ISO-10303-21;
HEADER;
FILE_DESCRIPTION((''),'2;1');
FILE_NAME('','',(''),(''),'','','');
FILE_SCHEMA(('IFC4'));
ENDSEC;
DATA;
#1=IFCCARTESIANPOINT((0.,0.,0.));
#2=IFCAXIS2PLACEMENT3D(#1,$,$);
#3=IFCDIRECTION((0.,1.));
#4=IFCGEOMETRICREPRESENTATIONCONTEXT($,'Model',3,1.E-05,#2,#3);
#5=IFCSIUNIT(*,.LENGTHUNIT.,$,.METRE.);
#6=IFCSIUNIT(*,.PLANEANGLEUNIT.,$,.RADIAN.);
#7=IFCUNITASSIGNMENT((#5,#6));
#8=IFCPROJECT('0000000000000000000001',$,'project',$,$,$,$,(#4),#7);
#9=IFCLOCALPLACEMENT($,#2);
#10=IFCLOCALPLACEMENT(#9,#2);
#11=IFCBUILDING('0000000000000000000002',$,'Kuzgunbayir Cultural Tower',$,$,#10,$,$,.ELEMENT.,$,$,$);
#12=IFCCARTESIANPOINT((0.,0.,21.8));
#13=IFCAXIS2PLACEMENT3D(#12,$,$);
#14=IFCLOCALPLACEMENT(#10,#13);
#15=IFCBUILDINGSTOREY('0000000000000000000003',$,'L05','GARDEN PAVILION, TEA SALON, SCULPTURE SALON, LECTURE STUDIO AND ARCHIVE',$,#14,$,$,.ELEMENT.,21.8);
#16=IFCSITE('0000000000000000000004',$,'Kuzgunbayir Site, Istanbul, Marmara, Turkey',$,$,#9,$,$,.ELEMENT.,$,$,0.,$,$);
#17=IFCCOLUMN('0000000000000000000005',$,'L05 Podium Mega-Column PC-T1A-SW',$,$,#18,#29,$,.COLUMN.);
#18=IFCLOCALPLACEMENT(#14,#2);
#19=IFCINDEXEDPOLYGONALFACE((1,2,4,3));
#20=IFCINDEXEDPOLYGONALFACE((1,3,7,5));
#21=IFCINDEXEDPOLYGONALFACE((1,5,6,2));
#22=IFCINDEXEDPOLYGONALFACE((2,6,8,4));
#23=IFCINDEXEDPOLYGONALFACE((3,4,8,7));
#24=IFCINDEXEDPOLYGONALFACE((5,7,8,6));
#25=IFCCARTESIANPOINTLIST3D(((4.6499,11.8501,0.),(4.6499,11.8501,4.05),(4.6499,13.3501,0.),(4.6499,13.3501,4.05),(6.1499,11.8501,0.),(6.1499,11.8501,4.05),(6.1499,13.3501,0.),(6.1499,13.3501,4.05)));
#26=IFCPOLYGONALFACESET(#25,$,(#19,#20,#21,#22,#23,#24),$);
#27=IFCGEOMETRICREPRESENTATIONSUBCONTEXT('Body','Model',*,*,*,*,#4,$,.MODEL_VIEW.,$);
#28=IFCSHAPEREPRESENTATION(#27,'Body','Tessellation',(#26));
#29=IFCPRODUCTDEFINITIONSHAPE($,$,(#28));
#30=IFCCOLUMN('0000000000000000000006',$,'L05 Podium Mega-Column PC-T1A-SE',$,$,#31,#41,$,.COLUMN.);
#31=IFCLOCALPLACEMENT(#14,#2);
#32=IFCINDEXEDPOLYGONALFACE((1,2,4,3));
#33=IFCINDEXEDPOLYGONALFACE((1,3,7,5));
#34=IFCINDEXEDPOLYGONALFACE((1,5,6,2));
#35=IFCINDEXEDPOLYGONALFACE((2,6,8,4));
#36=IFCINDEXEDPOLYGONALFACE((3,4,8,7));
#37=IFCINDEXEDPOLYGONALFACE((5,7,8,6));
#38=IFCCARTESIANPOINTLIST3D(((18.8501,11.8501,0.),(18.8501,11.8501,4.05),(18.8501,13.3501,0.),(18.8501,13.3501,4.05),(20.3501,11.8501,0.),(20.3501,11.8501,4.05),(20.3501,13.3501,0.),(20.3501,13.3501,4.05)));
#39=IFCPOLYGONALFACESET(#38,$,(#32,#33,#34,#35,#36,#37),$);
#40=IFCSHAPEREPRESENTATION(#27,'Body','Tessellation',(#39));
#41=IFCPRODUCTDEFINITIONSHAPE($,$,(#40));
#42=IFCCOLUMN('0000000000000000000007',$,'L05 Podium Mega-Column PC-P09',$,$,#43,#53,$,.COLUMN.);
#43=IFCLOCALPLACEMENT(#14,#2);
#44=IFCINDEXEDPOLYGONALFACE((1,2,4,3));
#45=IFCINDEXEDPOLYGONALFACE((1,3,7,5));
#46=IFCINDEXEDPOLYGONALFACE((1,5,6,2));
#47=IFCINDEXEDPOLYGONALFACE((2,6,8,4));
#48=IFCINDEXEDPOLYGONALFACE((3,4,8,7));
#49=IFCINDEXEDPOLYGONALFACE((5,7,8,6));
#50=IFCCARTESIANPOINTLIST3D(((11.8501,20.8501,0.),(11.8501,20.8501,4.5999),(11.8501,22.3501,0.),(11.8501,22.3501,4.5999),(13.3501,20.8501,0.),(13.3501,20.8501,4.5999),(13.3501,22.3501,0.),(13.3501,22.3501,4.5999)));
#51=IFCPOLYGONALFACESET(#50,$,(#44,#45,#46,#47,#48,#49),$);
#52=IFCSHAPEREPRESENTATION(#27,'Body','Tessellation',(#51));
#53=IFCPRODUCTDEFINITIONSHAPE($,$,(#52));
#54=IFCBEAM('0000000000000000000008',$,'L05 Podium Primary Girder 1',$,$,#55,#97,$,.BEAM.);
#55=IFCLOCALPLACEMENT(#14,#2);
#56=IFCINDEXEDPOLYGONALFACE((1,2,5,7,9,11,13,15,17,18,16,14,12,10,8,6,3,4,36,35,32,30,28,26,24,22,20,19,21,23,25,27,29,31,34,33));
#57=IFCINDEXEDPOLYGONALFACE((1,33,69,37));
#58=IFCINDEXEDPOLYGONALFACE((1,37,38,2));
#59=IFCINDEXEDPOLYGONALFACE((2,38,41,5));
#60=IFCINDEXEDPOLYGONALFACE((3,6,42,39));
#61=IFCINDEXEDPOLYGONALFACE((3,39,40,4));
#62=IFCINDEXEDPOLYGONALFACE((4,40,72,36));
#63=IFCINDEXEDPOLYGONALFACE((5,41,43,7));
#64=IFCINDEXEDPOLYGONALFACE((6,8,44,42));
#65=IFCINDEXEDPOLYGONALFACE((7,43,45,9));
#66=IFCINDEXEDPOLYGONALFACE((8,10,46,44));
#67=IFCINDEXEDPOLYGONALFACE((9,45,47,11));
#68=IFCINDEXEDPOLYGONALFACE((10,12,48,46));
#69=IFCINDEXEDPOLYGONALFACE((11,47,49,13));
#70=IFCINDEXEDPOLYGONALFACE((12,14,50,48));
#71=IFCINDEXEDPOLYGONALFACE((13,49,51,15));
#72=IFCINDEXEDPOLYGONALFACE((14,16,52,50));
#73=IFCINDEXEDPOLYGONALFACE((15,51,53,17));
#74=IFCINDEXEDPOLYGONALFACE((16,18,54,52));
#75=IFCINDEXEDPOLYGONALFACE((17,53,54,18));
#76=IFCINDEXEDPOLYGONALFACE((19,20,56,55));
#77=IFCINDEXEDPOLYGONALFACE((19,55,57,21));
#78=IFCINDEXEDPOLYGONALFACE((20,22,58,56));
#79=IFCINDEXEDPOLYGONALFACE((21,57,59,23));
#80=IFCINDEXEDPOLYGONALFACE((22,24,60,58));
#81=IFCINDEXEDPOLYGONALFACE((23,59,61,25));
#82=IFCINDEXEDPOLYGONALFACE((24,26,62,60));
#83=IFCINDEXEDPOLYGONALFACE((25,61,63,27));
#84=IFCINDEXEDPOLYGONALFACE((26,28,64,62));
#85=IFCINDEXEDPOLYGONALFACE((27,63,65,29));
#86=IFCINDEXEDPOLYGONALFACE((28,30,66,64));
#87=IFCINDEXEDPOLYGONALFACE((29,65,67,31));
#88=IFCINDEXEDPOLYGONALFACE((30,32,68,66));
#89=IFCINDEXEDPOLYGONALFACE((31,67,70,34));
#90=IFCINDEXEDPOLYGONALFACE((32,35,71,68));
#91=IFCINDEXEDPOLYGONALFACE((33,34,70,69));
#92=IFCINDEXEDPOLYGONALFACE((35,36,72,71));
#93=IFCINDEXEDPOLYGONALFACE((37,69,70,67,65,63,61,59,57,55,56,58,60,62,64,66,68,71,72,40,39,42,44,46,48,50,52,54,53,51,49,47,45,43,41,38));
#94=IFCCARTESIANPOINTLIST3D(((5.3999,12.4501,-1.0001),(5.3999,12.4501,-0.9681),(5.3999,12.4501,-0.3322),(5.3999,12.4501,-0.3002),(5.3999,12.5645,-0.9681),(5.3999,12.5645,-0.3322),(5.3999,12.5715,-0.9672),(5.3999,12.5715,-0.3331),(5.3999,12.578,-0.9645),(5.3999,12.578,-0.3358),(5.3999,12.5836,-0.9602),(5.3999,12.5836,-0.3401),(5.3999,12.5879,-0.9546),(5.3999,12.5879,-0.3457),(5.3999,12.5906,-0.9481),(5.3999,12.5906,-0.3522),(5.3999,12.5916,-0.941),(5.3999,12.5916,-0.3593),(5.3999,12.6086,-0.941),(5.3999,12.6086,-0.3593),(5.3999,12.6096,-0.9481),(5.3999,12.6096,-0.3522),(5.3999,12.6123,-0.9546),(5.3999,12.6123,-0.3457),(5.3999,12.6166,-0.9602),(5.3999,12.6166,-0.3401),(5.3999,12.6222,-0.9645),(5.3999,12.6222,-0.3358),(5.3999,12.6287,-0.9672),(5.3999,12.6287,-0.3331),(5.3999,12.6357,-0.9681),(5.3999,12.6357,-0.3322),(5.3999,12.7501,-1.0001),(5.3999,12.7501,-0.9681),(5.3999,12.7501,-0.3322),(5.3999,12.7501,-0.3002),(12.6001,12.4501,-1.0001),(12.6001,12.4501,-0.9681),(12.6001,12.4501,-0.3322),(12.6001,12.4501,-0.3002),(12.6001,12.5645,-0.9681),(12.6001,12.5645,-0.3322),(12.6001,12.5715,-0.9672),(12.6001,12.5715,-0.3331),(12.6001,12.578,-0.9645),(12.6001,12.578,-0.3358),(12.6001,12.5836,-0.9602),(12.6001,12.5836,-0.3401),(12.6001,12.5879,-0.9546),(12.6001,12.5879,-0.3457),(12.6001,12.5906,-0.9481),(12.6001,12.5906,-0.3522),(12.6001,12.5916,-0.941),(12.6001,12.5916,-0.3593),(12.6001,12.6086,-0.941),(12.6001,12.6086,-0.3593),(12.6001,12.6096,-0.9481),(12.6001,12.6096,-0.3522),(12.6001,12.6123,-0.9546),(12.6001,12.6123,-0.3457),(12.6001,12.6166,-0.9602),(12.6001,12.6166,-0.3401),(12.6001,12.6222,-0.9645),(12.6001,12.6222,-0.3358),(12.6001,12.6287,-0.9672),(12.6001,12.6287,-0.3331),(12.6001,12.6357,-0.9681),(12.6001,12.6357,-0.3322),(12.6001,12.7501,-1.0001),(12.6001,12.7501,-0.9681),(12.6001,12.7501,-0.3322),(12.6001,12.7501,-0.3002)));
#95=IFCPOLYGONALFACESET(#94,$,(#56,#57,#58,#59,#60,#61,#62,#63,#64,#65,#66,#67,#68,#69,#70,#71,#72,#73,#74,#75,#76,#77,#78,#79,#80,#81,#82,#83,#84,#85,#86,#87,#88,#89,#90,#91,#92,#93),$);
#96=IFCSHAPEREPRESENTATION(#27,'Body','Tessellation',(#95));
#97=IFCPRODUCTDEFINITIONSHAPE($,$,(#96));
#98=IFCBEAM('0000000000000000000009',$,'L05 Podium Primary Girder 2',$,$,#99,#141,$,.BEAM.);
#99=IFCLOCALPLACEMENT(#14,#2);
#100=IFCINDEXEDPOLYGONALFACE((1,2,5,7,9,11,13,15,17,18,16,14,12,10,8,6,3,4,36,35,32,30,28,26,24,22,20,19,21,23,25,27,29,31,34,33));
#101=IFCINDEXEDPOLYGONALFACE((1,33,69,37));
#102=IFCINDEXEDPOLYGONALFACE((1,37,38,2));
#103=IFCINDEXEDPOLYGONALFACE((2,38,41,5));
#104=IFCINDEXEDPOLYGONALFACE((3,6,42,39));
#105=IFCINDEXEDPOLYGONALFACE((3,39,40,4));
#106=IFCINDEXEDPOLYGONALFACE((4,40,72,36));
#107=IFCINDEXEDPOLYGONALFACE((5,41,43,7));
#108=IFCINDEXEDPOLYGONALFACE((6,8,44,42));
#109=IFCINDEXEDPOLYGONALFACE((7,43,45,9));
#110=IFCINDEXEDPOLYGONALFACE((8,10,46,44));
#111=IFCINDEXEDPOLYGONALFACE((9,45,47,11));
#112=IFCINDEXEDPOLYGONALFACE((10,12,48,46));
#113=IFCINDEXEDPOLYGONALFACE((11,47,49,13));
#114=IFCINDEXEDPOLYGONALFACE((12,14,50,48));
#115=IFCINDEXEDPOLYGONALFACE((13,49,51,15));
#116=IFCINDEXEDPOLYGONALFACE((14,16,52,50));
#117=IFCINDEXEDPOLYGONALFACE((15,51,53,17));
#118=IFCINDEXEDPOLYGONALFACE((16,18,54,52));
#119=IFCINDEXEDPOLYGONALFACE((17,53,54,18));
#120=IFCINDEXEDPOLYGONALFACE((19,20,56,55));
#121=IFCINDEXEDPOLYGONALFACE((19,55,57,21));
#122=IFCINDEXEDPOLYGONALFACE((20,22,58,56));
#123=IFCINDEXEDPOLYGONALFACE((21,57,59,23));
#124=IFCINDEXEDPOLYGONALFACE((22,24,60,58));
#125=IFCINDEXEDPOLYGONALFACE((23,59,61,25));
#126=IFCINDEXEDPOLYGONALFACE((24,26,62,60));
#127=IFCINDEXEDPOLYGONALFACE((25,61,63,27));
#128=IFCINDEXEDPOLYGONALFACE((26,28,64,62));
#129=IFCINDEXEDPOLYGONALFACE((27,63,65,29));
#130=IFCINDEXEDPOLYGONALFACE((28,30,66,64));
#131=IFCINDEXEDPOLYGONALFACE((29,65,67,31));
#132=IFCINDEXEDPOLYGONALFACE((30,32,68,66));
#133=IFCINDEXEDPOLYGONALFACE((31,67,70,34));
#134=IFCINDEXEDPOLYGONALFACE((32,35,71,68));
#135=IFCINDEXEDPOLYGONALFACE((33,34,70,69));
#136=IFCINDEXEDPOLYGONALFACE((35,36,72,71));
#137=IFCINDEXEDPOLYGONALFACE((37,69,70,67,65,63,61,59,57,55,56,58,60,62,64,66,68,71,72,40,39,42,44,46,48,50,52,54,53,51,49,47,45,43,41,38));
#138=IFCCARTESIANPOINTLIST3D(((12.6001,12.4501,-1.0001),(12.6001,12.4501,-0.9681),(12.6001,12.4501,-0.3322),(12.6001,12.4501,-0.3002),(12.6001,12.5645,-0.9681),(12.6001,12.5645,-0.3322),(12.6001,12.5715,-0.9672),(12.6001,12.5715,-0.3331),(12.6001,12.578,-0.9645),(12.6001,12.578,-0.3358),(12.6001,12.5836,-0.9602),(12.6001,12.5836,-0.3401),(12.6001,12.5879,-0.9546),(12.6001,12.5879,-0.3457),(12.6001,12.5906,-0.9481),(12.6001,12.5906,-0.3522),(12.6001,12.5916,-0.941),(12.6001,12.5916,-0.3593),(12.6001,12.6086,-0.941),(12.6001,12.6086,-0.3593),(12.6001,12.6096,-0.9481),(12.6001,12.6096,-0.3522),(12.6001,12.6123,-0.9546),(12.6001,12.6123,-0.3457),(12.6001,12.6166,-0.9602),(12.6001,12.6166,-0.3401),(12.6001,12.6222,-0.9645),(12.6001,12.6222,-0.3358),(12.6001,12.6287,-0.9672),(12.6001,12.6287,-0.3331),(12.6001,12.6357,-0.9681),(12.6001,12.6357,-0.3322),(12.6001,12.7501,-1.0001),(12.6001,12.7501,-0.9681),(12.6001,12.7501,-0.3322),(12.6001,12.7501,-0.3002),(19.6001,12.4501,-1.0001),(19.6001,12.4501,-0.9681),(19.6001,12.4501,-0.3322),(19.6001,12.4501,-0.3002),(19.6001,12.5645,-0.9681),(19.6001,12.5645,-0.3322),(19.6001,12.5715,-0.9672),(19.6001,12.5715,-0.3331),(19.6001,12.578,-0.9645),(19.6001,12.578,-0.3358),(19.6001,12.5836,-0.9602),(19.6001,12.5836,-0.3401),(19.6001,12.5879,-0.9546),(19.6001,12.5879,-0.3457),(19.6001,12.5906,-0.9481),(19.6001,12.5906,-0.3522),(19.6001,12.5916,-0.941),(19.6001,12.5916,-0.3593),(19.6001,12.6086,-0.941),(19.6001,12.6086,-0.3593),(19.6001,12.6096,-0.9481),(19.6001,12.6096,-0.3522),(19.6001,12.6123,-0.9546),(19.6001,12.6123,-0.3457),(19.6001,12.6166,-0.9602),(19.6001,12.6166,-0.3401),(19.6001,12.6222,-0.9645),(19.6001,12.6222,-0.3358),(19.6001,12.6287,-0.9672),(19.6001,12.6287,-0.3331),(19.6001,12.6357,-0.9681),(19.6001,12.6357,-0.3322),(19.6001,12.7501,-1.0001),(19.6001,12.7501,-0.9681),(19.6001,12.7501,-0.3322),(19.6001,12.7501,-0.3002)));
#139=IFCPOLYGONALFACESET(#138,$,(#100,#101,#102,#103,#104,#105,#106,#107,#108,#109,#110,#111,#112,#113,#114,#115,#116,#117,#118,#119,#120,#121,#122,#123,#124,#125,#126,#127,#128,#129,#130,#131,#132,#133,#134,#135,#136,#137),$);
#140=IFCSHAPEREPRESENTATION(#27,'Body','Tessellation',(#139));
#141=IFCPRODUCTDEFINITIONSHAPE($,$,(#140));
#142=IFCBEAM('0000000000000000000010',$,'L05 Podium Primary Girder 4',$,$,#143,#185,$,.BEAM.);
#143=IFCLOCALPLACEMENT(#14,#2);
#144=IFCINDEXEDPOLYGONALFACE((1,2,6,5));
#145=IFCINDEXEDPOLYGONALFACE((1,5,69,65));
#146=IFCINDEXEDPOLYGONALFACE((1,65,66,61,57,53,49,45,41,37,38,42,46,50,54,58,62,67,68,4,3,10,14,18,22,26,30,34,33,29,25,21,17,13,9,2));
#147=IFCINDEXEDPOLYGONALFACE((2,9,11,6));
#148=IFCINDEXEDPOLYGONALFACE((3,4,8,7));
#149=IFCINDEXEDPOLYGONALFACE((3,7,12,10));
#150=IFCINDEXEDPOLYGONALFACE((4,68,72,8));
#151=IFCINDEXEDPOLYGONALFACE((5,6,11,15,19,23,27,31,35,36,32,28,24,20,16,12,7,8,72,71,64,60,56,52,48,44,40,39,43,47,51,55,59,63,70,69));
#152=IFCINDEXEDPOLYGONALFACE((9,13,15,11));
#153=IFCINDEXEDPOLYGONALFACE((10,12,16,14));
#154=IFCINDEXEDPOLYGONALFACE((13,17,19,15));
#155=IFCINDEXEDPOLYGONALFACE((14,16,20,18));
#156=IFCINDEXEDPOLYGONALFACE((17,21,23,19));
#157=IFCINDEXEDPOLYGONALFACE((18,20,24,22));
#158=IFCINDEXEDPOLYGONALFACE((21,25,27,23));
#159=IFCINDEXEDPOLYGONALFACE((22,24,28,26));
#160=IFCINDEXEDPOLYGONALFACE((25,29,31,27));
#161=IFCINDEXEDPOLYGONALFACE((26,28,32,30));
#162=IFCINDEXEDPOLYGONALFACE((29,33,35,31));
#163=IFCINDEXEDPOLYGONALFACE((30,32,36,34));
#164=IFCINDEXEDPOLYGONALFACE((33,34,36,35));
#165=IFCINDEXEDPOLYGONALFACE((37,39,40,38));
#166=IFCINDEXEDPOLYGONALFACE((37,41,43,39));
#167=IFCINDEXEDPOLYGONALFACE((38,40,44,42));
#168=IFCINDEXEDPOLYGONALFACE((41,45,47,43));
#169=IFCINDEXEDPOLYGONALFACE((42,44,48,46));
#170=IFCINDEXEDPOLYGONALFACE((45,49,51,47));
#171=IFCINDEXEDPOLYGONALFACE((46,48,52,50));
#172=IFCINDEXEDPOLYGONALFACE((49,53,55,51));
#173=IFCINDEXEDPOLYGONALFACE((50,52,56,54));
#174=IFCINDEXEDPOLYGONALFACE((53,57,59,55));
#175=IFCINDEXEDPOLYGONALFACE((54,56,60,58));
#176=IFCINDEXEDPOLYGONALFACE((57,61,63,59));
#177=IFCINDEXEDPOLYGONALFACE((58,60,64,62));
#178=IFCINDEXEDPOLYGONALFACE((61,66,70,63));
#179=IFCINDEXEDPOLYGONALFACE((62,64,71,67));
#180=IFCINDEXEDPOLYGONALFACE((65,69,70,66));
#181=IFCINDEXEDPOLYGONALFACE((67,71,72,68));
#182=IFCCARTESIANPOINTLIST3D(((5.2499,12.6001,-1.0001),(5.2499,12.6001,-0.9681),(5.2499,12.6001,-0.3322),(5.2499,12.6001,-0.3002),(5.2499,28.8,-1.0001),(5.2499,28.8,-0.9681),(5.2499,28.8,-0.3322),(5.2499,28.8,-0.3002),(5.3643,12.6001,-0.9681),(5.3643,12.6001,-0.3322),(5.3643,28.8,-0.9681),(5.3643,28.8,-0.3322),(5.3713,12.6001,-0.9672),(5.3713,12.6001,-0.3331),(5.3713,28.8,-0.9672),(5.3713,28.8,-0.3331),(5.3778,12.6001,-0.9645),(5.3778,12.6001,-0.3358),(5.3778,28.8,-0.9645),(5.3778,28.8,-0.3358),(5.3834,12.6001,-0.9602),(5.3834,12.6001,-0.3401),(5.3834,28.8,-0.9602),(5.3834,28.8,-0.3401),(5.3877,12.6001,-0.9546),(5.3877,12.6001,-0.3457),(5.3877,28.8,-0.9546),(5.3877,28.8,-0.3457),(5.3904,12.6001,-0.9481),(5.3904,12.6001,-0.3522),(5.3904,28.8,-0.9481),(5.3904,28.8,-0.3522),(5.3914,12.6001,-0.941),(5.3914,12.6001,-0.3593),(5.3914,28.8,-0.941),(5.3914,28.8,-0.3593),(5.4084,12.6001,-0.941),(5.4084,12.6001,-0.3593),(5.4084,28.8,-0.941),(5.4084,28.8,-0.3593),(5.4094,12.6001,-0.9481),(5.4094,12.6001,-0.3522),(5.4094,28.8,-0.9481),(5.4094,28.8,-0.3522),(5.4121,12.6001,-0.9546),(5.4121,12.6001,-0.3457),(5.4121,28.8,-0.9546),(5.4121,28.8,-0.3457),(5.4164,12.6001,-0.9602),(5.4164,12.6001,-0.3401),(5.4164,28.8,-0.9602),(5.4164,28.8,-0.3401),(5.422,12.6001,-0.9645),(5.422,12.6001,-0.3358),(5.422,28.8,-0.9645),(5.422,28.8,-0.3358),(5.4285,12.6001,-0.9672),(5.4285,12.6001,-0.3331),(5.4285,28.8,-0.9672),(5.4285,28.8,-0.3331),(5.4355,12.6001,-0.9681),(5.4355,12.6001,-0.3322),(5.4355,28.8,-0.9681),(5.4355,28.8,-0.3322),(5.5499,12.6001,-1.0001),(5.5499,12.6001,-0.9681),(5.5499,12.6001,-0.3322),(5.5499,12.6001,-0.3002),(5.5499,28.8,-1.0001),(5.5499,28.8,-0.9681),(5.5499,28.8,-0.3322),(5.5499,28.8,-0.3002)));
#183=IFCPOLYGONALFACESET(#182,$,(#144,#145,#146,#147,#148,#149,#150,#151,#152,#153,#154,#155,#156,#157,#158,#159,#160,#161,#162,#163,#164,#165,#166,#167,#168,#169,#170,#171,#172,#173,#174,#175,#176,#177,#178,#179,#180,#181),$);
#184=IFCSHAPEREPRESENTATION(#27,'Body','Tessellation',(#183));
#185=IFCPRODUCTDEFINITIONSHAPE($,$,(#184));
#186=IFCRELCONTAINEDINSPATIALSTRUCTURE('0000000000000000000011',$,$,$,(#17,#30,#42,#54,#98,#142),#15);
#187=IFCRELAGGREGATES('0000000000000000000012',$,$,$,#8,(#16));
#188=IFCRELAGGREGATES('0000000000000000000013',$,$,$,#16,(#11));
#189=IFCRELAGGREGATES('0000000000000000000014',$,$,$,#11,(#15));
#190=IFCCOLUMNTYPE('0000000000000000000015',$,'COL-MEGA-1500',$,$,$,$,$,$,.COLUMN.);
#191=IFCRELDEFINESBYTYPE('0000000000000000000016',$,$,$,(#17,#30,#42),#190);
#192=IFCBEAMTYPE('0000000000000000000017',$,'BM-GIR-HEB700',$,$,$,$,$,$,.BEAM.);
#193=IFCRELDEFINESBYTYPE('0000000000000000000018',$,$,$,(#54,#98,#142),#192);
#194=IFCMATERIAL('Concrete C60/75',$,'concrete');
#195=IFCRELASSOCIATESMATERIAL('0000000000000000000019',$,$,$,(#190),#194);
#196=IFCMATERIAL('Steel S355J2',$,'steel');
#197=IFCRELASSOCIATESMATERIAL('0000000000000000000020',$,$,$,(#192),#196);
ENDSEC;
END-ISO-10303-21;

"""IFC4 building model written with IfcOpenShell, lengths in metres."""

from ifc_helpers import new_model, si_unit, direction, frame, origin, origin_2d, place, context, subcontext, project, spatial, rectangle, i_section, extrude, material, material_profile, profile_set, type_object, element, save


model = new_model("IFC4")

# Units and contexts
model_context = context("Model", 3, precision=1e-05, world=origin(), true_north=direction((0.0, 1.0)))
body_context = subcontext(model_context, "Body", "Model", "MODEL_VIEW")
ifc_project = project(units=[si_unit("LENGTHUNIT", "METRE"), si_unit("PLANEANGLEUNIT", "RADIAN")], contexts=[model_context])

# Site, building, storey
site_placement = place(None, origin())
site = spatial("IfcSite", under=ifc_project, at=site_placement, Name="Kuzgunbayir Site, Istanbul, Marmara, Turkey", CompositionType="ELEMENT", RefElevation=0.0)
building_placement = place(site_placement, origin())
building = spatial("IfcBuilding", under=site, at=building_placement, Name="Kuzgunbayir Cultural Tower", CompositionType="ELEMENT")
storey_placement = place(building_placement, frame((0.0, 0.0, 21.8)))
storey = spatial("IfcBuildingStorey", under=building, at=storey_placement, Name="L05", Description="GARDEN PAVILION, TEA SALON, SCULPTURE SALON, LECTURE STUDIO AND ARCHIVE", CompositionType="ELEMENT", Elevation=21.8)

# Columns
ifc_material_1 = material(Name="Concrete C60/75", Category="concrete")
ifc_material_profile_1 = material_profile(ifc_material_1, rectangle(XDim=1.5, YDim=1.5, at=origin_2d()), Name="RC 1500x1500")
ifc_profile_set_1 = profile_set([ifc_material_profile_1], Name="Concrete C60/75")
column_type = type_object("IfcColumnType", Name="COL-MEGA-1500", PredefinedType="COLUMN", material=ifc_profile_set_1)
for number, where, z_axis, x_axis, name in (
    (1, (5.3999, 12.6001, 0.0), (0.0, 0.0, 1.0), (1.0, 0.0, 0.0), "L05 Podium Mega-Column PC-T1A-SW"),
    (2, (19.6001, 12.6001, 0.0), (0.0, 0.0, 1.0), (1.0, 0.0, 0.0), "L05 Podium Mega-Column PC-T1A-SE"),
):
    element("IfcColumn", number, at=place(storey_placement, frame(where, z_axis=z_axis, x_axis=x_axis)), inside=storey, type_object=column_type, Name=name, PredefinedType="COLUMN", context=body_context, shape_type="SweptSolid", body=[
        extrude(rectangle(XDim=1.5, YDim=1.5, at=origin_2d()), origin(), (0.0, 0.0, 1.0), 4.05),
    ])
column_placement = place(storey_placement, frame((12.6001, 21.6001, 0.0), z_axis=(0.0, 0.0, 1.0), x_axis=(1.0, 0.0, 0.0)))
element("IfcColumn", 3, at=column_placement, inside=storey, type_object=column_type, Name="L05 Podium Mega-Column PC-P09", PredefinedType="COLUMN", context=body_context, shape_type="SweptSolid", body=[
    extrude(rectangle(XDim=1.5, YDim=1.5, at=origin_2d()), origin(), (0.0, 0.0, 1.0), 4.5999),
])

# Beams
ifc_material_2 = material(Name="Steel S355J2", Category="steel")
ifc_material_profile_2 = material_profile(ifc_material_2, i_section(OverallWidth=0.3, OverallDepth=0.7, WebThickness=0.0171, FlangeThickness=0.032, FilletRadius=0.0271, at=origin_2d()), Name="HEB 700")
ifc_profile_set_2 = profile_set([ifc_material_profile_2], Name="Steel S355J2")
beam_type_1 = type_object("IfcBeamType", Name="BM-GIR-HEB700", PredefinedType="BEAM", material=ifc_profile_set_2)
beam_1_placement = place(storey_placement, frame((5.3999, 12.6001, -0.6501), z_axis=(1.0, 0.0, 0.0), x_axis=(0.0, 1.0, 0.0)))
element("IfcBeam", 4, at=beam_1_placement, inside=storey, type_object=beam_type_1, Name="L05 Podium Primary Girder 1", PredefinedType="BEAM", context=body_context, shape_type="SweptSolid", body=[
    extrude(i_section(OverallWidth=0.3, OverallDepth=0.7, WebThickness=0.0171, FlangeThickness=0.032, FilletRadius=0.0271, at=origin_2d()), origin(), (0.0, 0.0, 1.0), 7.2002),
])
beam_2_placement = place(storey_placement, frame((12.6001, 12.6001, -0.6501), z_axis=(1.0, 0.0, 0.0), x_axis=(0.0, 1.0, 0.0)))
element("IfcBeam", 5, at=beam_2_placement, inside=storey, type_object=beam_type_1, Name="L05 Podium Primary Girder 2", PredefinedType="BEAM", context=body_context, shape_type="SweptSolid", body=[
    extrude(i_section(OverallWidth=0.3, OverallDepth=0.7, WebThickness=0.0171, FlangeThickness=0.032, FilletRadius=0.0271, at=origin_2d()), origin(), (0.0, 0.0, 1.0), 7.0),
])
for number, where, z_axis, x_axis, name in (
    (6, (5.3999, 12.6001, -0.6501), (0.0, 1.0, 0.0), (-1.0, 0.0, 0.0), "L05 Podium Primary Girder 4"),
):
    element("IfcBeam", number, at=place(storey_placement, frame(where, z_axis=z_axis, x_axis=x_axis)), inside=storey, type_object=beam_type_1, Name=name, PredefinedType="BEAM", context=body_context, shape_type="SweptSolid", body=[
        extrude(i_section(OverallWidth=0.3, OverallDepth=0.7, WebThickness=0.0171, FlangeThickness=0.032, FilletRadius=0.0271, at=origin_2d()), origin(), (0.0, 0.0, 1.0), 16.2),
    ])

save(model, "model.ifc")
